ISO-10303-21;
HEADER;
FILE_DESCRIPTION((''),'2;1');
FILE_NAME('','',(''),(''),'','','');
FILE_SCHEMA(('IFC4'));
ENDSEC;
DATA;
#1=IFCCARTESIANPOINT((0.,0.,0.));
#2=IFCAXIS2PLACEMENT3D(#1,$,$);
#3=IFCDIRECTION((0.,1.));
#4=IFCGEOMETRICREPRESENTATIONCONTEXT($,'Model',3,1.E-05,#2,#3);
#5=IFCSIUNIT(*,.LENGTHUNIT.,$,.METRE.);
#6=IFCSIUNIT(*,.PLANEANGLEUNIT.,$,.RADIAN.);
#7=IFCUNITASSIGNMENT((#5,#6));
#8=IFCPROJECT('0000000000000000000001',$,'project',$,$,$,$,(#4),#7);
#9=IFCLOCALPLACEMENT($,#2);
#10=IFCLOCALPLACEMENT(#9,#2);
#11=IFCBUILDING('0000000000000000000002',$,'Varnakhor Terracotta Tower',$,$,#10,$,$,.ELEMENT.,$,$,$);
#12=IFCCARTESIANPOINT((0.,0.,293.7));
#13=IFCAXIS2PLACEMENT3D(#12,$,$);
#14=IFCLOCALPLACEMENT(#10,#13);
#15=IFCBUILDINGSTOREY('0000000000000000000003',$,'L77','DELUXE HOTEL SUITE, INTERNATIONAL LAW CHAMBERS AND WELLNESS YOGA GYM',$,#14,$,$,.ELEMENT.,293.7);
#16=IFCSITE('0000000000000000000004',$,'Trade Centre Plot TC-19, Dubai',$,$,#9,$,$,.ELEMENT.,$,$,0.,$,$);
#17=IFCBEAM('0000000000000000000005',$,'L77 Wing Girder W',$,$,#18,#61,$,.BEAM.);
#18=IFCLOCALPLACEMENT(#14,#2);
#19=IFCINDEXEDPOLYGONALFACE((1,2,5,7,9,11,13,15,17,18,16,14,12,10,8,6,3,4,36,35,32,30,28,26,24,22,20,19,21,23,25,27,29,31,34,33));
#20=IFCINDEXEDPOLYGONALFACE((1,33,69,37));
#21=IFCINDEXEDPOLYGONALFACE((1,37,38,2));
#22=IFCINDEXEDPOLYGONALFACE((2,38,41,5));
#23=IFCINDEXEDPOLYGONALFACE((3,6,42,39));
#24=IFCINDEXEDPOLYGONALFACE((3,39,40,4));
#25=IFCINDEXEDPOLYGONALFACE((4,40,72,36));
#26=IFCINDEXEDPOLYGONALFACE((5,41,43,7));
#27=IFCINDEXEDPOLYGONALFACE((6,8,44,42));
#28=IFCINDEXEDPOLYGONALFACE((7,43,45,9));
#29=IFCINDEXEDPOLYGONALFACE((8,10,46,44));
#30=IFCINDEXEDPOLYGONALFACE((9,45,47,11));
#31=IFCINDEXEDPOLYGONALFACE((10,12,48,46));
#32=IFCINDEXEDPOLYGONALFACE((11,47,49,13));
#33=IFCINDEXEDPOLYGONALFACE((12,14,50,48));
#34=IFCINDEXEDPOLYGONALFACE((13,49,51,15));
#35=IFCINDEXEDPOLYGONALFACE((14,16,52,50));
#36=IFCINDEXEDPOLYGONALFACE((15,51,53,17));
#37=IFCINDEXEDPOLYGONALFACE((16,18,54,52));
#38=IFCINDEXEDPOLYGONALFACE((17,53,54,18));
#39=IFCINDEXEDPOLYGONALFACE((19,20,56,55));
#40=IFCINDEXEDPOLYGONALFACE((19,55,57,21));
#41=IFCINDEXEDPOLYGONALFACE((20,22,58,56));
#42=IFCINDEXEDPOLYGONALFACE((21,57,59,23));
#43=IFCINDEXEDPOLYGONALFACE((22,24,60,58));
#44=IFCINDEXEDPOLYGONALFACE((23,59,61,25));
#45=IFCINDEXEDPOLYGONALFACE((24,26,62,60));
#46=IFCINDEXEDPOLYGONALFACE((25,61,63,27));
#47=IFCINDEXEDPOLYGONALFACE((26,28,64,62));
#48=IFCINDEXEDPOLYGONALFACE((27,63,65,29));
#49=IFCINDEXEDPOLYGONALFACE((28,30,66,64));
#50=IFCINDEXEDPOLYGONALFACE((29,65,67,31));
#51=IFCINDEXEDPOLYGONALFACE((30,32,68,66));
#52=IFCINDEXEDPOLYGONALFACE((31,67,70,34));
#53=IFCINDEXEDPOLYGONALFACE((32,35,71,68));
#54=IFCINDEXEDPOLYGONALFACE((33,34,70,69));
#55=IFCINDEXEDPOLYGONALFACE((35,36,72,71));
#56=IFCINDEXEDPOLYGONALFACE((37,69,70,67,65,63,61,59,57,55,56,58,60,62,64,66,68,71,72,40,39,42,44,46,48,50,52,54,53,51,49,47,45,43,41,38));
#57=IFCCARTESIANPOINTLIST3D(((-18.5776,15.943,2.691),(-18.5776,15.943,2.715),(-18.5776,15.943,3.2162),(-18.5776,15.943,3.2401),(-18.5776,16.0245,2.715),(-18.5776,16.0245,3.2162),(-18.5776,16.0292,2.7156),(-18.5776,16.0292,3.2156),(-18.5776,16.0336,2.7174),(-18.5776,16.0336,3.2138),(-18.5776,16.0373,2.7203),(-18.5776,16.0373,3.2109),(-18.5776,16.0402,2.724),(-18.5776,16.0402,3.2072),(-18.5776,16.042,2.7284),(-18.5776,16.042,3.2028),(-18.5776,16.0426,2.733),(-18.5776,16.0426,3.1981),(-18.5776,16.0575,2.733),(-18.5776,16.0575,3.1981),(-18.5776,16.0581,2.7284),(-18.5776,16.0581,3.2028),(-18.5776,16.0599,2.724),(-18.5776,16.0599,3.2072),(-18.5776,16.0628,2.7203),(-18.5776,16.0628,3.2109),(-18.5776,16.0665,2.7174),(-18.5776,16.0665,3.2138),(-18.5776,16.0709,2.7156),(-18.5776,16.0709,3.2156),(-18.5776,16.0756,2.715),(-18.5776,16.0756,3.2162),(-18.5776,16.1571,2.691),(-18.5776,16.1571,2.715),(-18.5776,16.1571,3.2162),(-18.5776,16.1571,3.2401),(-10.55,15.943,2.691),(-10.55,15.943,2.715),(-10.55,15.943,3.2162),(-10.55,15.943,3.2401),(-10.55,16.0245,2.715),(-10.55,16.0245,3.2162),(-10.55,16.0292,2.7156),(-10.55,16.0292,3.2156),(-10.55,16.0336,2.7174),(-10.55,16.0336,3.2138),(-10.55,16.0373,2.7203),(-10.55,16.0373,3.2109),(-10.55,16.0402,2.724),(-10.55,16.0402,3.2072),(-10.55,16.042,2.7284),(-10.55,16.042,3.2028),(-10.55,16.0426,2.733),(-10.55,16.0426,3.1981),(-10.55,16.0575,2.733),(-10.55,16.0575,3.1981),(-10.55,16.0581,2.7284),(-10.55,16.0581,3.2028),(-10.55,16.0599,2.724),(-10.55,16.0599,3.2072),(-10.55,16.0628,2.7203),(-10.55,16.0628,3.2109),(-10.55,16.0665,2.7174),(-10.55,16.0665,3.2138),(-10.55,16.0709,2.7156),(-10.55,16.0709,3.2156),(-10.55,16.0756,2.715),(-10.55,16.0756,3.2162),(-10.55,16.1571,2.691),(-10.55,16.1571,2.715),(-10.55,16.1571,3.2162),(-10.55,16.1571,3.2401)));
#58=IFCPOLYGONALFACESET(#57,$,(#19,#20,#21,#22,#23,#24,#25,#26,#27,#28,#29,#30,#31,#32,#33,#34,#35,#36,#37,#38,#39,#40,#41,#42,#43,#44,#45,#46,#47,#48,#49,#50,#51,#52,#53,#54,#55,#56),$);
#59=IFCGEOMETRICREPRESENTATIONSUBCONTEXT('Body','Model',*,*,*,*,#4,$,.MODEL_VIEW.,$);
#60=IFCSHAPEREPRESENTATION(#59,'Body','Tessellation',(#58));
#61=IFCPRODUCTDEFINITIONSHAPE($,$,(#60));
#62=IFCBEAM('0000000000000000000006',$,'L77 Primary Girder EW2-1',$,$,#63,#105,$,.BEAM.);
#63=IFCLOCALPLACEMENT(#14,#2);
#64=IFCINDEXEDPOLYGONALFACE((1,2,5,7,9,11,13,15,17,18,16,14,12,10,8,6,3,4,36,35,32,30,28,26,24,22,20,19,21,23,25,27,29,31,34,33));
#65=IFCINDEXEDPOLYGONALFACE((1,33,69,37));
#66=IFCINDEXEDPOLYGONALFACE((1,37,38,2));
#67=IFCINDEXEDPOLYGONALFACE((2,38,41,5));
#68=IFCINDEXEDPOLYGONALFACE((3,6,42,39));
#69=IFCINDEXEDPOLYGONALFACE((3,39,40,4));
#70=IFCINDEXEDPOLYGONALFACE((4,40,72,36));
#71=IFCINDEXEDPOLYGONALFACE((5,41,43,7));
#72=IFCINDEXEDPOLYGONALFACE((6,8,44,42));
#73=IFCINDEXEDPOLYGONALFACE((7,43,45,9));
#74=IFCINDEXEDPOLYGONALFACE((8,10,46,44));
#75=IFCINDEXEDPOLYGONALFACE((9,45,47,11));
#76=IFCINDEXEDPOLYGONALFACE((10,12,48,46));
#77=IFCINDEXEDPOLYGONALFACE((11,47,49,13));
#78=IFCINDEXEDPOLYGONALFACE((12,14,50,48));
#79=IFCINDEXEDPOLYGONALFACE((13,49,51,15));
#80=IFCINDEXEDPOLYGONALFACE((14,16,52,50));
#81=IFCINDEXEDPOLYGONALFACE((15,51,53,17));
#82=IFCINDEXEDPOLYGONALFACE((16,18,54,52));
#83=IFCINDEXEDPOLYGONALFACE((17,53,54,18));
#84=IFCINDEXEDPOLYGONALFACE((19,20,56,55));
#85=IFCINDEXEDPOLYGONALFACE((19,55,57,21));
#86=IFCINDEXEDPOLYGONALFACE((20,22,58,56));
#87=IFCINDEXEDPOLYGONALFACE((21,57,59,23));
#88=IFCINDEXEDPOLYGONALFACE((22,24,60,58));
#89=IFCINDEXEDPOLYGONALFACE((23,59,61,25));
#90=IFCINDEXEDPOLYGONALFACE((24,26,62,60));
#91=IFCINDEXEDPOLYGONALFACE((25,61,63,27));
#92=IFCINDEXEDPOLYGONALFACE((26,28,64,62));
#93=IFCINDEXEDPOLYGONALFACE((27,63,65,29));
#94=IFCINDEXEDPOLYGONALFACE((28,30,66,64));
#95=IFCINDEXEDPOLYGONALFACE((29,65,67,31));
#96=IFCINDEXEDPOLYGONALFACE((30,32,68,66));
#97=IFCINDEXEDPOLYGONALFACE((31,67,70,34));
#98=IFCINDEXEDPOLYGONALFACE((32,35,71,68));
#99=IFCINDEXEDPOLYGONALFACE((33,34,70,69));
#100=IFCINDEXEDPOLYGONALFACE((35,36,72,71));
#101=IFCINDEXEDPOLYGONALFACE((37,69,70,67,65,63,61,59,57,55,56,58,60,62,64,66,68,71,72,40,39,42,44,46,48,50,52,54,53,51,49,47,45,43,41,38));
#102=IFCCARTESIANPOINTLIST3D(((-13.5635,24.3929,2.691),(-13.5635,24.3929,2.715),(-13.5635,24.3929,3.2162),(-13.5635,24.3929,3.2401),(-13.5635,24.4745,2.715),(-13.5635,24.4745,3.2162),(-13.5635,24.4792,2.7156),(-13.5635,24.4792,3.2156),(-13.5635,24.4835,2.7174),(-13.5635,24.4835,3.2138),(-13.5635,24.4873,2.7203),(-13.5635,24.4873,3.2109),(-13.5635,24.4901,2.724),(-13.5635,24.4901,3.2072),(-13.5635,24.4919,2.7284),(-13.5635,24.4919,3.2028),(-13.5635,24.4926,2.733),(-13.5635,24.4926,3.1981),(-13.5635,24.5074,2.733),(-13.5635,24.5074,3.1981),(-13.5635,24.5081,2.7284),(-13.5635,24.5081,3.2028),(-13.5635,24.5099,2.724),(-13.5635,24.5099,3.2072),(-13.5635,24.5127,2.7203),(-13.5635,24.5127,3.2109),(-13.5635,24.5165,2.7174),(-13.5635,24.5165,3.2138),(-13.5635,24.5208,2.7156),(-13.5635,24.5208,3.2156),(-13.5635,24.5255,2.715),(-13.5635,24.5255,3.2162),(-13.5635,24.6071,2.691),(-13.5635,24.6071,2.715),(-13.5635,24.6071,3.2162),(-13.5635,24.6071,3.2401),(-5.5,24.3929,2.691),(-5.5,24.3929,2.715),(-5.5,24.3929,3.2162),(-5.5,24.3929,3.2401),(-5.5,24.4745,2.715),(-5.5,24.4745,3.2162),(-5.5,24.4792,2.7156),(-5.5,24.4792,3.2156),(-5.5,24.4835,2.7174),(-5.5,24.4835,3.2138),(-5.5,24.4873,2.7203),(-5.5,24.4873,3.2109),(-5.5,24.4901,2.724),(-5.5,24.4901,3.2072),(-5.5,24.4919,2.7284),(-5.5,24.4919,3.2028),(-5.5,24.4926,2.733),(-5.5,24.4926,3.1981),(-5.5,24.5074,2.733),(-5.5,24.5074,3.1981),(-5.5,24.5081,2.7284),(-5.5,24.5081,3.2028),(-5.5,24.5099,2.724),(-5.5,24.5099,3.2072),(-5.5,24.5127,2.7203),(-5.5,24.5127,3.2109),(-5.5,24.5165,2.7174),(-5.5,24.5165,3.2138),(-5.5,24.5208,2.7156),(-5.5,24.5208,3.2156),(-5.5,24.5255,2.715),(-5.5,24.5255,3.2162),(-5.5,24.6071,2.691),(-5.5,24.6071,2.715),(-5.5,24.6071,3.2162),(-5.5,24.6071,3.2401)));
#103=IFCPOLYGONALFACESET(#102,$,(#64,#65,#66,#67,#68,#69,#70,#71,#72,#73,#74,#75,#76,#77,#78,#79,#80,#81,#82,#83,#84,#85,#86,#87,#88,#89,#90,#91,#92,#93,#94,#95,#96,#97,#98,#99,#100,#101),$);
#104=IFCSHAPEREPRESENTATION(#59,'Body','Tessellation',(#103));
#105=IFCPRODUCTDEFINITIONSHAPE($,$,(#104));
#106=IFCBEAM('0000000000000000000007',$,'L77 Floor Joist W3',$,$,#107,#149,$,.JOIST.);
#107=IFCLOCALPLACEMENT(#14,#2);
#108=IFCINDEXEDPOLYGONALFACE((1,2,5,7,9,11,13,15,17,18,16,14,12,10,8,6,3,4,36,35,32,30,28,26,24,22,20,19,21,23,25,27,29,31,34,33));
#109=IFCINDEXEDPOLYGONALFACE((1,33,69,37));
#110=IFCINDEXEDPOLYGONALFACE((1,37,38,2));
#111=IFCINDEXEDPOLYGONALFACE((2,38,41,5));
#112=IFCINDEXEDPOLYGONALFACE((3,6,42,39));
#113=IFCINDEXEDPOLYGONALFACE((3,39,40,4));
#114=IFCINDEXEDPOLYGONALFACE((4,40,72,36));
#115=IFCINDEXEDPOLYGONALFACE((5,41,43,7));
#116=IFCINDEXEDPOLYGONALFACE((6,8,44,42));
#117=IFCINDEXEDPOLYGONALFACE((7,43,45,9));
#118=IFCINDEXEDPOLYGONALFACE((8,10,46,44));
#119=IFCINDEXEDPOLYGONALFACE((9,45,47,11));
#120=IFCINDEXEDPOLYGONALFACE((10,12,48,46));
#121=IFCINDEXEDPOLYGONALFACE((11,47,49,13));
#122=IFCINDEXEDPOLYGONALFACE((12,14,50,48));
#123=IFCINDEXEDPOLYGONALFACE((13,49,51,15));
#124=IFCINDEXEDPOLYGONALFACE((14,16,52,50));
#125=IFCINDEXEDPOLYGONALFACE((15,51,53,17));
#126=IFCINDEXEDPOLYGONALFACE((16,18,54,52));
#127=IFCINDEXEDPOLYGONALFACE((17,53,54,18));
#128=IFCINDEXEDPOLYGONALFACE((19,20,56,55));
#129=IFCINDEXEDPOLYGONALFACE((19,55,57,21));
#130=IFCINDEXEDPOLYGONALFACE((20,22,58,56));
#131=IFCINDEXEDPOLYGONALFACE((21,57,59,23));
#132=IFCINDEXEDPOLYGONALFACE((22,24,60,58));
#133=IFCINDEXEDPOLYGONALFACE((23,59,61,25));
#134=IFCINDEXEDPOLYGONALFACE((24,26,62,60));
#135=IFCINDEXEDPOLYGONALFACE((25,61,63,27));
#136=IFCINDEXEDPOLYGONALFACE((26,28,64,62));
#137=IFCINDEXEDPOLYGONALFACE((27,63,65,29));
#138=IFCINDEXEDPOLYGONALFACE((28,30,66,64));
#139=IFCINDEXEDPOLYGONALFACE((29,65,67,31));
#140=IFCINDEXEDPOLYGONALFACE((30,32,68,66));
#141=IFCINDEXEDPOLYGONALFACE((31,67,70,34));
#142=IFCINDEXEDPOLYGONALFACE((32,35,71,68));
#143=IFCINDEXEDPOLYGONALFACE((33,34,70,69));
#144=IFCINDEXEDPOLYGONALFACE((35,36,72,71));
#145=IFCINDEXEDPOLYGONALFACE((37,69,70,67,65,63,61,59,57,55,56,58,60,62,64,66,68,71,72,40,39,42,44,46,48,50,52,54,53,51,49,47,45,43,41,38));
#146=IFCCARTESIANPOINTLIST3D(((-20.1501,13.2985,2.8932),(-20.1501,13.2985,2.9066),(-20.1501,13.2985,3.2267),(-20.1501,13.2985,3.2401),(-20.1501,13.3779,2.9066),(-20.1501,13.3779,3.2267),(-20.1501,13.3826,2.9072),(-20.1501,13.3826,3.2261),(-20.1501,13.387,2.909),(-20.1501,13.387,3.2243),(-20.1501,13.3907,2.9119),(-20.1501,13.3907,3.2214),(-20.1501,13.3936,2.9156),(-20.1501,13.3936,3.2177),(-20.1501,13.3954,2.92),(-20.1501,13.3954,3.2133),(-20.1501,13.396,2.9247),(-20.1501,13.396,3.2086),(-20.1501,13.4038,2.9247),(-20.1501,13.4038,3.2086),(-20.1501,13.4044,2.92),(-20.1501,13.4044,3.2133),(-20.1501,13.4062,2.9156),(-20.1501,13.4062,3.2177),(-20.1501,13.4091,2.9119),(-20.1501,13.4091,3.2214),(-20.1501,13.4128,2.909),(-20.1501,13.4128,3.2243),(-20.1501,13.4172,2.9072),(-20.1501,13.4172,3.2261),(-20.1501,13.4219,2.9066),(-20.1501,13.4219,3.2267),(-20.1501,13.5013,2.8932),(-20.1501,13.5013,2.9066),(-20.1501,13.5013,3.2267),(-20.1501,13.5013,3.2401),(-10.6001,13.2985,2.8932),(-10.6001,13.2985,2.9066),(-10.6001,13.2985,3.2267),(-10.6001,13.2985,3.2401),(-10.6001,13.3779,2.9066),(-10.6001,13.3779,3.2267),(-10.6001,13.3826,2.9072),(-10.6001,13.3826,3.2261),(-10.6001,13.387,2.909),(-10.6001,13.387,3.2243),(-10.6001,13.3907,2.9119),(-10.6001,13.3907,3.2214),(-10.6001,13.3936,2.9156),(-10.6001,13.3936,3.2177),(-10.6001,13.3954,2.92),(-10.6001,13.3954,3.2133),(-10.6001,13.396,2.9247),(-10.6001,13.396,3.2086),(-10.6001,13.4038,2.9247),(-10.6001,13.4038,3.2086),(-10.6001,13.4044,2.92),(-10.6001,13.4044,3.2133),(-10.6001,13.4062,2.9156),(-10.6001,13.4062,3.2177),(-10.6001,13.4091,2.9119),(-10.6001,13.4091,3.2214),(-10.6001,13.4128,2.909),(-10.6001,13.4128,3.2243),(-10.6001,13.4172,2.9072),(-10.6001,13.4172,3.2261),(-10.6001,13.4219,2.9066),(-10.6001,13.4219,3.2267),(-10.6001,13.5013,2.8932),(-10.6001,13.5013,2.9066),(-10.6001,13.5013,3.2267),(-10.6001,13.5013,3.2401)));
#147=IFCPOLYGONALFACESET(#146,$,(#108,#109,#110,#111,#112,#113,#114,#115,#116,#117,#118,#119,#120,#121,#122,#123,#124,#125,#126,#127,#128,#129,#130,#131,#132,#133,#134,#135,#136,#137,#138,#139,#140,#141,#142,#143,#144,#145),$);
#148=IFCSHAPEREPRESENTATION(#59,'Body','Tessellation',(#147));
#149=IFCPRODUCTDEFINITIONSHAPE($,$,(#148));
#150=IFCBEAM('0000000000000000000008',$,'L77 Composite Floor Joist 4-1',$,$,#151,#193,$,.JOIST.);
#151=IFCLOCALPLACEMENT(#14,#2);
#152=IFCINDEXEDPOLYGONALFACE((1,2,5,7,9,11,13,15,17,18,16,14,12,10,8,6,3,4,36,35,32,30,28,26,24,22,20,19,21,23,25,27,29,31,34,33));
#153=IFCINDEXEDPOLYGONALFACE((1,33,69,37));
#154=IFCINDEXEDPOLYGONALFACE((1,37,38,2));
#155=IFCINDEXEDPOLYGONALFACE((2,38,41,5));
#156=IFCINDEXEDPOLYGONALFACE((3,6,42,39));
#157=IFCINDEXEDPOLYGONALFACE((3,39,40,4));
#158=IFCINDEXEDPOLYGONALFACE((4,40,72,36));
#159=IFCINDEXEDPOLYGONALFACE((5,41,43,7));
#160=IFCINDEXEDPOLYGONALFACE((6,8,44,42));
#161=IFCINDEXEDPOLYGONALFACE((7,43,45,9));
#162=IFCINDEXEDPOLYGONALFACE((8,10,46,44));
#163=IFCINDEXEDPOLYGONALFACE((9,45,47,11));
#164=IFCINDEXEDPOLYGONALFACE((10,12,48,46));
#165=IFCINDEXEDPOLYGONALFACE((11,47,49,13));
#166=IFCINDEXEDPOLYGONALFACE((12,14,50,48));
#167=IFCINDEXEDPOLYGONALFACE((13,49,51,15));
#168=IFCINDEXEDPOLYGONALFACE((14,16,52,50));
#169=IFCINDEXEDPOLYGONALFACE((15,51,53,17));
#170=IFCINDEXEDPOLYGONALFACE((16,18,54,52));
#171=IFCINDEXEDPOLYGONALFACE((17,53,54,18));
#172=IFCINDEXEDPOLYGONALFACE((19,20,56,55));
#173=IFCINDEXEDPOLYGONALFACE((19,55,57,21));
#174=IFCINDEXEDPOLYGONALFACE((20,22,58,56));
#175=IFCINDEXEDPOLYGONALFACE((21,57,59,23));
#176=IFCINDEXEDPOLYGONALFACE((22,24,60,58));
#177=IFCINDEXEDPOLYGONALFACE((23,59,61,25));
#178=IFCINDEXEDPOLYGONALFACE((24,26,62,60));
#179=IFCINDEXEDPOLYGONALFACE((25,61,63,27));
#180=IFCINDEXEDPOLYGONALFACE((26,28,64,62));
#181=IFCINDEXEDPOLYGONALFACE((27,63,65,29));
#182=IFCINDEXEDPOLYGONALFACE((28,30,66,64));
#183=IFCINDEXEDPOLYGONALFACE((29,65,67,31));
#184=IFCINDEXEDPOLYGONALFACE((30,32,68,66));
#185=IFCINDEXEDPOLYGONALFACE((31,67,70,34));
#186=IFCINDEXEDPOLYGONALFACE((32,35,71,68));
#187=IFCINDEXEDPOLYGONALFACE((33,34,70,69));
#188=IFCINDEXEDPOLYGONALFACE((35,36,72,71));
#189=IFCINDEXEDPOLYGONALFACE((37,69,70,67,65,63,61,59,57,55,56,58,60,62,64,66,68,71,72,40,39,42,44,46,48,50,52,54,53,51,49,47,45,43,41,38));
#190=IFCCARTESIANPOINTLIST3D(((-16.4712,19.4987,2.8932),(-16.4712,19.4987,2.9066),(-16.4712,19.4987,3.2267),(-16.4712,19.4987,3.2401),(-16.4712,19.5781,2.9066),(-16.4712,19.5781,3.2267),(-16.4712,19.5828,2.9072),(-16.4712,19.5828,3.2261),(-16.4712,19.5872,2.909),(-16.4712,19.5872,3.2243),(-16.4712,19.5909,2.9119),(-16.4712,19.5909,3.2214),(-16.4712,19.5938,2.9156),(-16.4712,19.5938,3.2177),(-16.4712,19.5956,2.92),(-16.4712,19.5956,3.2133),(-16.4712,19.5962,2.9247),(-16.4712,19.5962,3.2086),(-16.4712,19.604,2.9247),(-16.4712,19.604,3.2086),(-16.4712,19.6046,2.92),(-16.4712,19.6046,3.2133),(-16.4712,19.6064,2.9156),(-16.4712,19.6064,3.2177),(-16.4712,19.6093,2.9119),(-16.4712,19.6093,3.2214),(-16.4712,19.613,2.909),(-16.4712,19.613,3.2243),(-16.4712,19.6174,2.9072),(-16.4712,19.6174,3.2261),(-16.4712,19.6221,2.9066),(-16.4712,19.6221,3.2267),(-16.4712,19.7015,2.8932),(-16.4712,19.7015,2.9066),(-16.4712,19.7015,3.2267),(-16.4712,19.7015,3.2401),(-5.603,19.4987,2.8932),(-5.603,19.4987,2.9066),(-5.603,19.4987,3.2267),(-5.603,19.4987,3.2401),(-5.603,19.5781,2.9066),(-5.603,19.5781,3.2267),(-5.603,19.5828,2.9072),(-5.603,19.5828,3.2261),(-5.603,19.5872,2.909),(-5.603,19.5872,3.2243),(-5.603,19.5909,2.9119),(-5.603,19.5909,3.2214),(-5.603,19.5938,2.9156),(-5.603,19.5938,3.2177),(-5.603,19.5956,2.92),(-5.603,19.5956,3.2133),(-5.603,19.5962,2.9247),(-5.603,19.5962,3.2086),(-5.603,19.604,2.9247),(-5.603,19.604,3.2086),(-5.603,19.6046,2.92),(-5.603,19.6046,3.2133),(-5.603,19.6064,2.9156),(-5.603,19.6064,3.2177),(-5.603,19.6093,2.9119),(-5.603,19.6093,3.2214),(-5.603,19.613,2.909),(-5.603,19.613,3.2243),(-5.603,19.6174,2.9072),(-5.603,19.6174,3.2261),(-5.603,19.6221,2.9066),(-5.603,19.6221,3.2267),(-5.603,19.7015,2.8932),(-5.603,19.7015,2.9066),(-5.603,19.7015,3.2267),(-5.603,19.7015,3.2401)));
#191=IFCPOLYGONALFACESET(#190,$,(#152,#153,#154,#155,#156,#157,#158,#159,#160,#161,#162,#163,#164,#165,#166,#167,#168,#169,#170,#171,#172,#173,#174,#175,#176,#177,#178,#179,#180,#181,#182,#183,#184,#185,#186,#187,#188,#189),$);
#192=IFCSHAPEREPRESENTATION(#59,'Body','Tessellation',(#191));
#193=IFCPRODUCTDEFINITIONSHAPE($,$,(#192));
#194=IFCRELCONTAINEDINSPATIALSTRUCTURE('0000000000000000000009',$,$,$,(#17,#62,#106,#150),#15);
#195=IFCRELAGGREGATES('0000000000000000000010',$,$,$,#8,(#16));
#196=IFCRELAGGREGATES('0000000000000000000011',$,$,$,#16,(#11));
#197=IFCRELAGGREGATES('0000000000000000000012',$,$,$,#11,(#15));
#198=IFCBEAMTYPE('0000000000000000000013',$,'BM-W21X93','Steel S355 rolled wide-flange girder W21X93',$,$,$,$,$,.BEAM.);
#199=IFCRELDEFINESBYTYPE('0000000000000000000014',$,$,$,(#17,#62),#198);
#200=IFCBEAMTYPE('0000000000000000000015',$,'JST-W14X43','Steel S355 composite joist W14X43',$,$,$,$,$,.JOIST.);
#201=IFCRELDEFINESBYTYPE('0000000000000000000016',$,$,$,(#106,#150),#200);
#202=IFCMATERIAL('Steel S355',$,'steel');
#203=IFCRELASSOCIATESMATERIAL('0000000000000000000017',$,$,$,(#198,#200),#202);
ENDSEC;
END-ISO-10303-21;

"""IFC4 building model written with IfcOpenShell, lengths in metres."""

from ifc_helpers import new_model, si_unit, direction, frame, origin, origin_2d, place, context, subcontext, project, spatial, i_section, extrude, source, transform, mapped, material, material_profile, profile_set, type_object, element, save


model = new_model("IFC4")

# Units and contexts
model_context = context("Model", 3, precision=1e-05, world=origin(), true_north=direction((0.0, 1.0)))
body_context = subcontext(model_context, "Body", "Model", "MODEL_VIEW")
ifc_project = project(units=[si_unit("LENGTHUNIT", "METRE"), si_unit("PLANEANGLEUNIT", "RADIAN")], contexts=[model_context])

# Site, building, storey
site_placement = place(None, origin())
site = spatial("IfcSite", under=ifc_project, at=site_placement, Name="Trade Centre Plot TC-19, Dubai", CompositionType="ELEMENT", RefElevation=0.0)
building_placement = place(site_placement, origin())
building = spatial("IfcBuilding", under=site, at=building_placement, Name="Varnakhor Terracotta Tower", CompositionType="ELEMENT")
storey_placement = place(building_placement, frame((0.0, 0.0, 293.7)))
storey = spatial("IfcBuildingStorey", under=building, at=storey_placement, Name="L77", Description="DELUXE HOTEL SUITE, INTERNATIONAL LAW CHAMBERS AND WELLNESS YOGA GYM", CompositionType="ELEMENT", Elevation=293.7)

# Beams
ifc_material_1 = material(Name="Steel S355", Category="steel")
ifc_material_profile_1 = material_profile(ifc_material_1, i_section(OverallWidth=0.2141, OverallDepth=0.5491, WebThickness=0.0149, FlangeThickness=0.0239, FilletRadius=0.0181, at=origin_2d()), Name="W21X93")
ifc_profile_set_1 = profile_set([ifc_material_profile_1], Name="Steel S355")
beam_type_1 = type_object("IfcBeamType", Name="BM-W21X93", Description="Steel S355 rolled wide-flange girder W21X93", PredefinedType="BEAM", material=ifc_profile_set_1)
shared_shape_1 = source(origin(), body_context, "Body", "SweptSolid", [
    extrude(i_section(OverallWidth=0.2141, OverallDepth=0.5491, WebThickness=0.0149, FlangeThickness=0.0239, FilletRadius=0.0181, at=origin_2d()), origin(), (0.0, 0.0, 1.0), 8.0276),
])
beam_1_placement = place(storey_placement, frame((-18.5776, 16.05, 2.9656), z_axis=(1.0, 0.0, 0.0), x_axis=(0.0, 1.0, 0.0)))
element("IfcBeam", 1, at=beam_1_placement, inside=storey, type_object=beam_type_1, Name="L77 Wing Girder W", PredefinedType="BEAM", context=body_context, shape_type="MappedRepresentation", body=[
    mapped(shared_shape_1, transform((0.0, 0.0, 0.0), scale=1.0)),
])
shared_shape_2 = source(origin(), body_context, "Body", "SweptSolid", [
    extrude(i_section(OverallWidth=0.2141, OverallDepth=0.5491, WebThickness=0.0149, FlangeThickness=0.0239, FilletRadius=0.0181, at=origin_2d()), origin(), (0.0, 0.0, 1.0), 8.0635),
])
beam_2_placement = place(storey_placement, frame((-13.5635, 24.5, 2.9656), z_axis=(1.0, 0.0, 0.0), x_axis=(0.0, 1.0, 0.0)))
element("IfcBeam", 2, at=beam_2_placement, inside=storey, type_object=beam_type_1, Name="L77 Primary Girder EW2-1", PredefinedType="BEAM", context=body_context, shape_type="MappedRepresentation", body=[
    mapped(shared_shape_2, transform((0.0, 0.0, 0.0), scale=1.0)),
])
ifc_material_profile_2 = material_profile(ifc_material_1, i_section(OverallWidth=0.2029, OverallDepth=0.3469, WebThickness=0.0078, FlangeThickness=0.0134, FilletRadius=0.0181, at=origin_2d()), Name="W14X43")
ifc_profile_set_2 = profile_set([ifc_material_profile_2], Name="Steel S355")
beam_type_2 = type_object("IfcBeamType", Name="JST-W14X43", Description="Steel S355 composite joist W14X43", PredefinedType="JOIST", material=ifc_profile_set_2)
shared_shape_3 = source(origin(), body_context, "Body", "SweptSolid", [
    extrude(i_section(OverallWidth=0.2029, OverallDepth=0.3469, WebThickness=0.0078, FlangeThickness=0.0134, FilletRadius=0.0181, at=origin_2d()), origin(), (0.0, 0.0, 1.0), 9.55),
])
beam_3_placement = place(storey_placement, frame((-20.1501, 13.3999, 3.0667), z_axis=(1.0, 0.0, 0.0), x_axis=(0.0, 1.0, 0.0)))
element("IfcBeam", 3, at=beam_3_placement, inside=storey, type_object=beam_type_2, Name="L77 Floor Joist W3", PredefinedType="JOIST", context=body_context, shape_type="MappedRepresentation", body=[
    mapped(shared_shape_3, transform((0.0, 0.0, 0.0), scale=1.0)),
])
shared_shape_4 = source(origin(), body_context, "Body", "SweptSolid", [
    extrude(i_section(OverallWidth=0.2029, OverallDepth=0.3469, WebThickness=0.0078, FlangeThickness=0.0134, FilletRadius=0.0181, at=origin_2d()), origin(), (0.0, 0.0, 1.0), 10.8682),
])
beam_4_placement = place(storey_placement, frame((-16.4712, 19.6001, 3.0667), z_axis=(1.0, 0.0, 0.0), x_axis=(0.0, 1.0, 0.0)))
element("IfcBeam", 4, at=beam_4_placement, inside=storey, type_object=beam_type_2, Name="L77 Composite Floor Joist 4-1", PredefinedType="JOIST", context=body_context, shape_type="MappedRepresentation", body=[
    mapped(shared_shape_4, transform((0.0, 0.0, 0.0), scale=1.0)),
])

save(model, "model.ifc")
